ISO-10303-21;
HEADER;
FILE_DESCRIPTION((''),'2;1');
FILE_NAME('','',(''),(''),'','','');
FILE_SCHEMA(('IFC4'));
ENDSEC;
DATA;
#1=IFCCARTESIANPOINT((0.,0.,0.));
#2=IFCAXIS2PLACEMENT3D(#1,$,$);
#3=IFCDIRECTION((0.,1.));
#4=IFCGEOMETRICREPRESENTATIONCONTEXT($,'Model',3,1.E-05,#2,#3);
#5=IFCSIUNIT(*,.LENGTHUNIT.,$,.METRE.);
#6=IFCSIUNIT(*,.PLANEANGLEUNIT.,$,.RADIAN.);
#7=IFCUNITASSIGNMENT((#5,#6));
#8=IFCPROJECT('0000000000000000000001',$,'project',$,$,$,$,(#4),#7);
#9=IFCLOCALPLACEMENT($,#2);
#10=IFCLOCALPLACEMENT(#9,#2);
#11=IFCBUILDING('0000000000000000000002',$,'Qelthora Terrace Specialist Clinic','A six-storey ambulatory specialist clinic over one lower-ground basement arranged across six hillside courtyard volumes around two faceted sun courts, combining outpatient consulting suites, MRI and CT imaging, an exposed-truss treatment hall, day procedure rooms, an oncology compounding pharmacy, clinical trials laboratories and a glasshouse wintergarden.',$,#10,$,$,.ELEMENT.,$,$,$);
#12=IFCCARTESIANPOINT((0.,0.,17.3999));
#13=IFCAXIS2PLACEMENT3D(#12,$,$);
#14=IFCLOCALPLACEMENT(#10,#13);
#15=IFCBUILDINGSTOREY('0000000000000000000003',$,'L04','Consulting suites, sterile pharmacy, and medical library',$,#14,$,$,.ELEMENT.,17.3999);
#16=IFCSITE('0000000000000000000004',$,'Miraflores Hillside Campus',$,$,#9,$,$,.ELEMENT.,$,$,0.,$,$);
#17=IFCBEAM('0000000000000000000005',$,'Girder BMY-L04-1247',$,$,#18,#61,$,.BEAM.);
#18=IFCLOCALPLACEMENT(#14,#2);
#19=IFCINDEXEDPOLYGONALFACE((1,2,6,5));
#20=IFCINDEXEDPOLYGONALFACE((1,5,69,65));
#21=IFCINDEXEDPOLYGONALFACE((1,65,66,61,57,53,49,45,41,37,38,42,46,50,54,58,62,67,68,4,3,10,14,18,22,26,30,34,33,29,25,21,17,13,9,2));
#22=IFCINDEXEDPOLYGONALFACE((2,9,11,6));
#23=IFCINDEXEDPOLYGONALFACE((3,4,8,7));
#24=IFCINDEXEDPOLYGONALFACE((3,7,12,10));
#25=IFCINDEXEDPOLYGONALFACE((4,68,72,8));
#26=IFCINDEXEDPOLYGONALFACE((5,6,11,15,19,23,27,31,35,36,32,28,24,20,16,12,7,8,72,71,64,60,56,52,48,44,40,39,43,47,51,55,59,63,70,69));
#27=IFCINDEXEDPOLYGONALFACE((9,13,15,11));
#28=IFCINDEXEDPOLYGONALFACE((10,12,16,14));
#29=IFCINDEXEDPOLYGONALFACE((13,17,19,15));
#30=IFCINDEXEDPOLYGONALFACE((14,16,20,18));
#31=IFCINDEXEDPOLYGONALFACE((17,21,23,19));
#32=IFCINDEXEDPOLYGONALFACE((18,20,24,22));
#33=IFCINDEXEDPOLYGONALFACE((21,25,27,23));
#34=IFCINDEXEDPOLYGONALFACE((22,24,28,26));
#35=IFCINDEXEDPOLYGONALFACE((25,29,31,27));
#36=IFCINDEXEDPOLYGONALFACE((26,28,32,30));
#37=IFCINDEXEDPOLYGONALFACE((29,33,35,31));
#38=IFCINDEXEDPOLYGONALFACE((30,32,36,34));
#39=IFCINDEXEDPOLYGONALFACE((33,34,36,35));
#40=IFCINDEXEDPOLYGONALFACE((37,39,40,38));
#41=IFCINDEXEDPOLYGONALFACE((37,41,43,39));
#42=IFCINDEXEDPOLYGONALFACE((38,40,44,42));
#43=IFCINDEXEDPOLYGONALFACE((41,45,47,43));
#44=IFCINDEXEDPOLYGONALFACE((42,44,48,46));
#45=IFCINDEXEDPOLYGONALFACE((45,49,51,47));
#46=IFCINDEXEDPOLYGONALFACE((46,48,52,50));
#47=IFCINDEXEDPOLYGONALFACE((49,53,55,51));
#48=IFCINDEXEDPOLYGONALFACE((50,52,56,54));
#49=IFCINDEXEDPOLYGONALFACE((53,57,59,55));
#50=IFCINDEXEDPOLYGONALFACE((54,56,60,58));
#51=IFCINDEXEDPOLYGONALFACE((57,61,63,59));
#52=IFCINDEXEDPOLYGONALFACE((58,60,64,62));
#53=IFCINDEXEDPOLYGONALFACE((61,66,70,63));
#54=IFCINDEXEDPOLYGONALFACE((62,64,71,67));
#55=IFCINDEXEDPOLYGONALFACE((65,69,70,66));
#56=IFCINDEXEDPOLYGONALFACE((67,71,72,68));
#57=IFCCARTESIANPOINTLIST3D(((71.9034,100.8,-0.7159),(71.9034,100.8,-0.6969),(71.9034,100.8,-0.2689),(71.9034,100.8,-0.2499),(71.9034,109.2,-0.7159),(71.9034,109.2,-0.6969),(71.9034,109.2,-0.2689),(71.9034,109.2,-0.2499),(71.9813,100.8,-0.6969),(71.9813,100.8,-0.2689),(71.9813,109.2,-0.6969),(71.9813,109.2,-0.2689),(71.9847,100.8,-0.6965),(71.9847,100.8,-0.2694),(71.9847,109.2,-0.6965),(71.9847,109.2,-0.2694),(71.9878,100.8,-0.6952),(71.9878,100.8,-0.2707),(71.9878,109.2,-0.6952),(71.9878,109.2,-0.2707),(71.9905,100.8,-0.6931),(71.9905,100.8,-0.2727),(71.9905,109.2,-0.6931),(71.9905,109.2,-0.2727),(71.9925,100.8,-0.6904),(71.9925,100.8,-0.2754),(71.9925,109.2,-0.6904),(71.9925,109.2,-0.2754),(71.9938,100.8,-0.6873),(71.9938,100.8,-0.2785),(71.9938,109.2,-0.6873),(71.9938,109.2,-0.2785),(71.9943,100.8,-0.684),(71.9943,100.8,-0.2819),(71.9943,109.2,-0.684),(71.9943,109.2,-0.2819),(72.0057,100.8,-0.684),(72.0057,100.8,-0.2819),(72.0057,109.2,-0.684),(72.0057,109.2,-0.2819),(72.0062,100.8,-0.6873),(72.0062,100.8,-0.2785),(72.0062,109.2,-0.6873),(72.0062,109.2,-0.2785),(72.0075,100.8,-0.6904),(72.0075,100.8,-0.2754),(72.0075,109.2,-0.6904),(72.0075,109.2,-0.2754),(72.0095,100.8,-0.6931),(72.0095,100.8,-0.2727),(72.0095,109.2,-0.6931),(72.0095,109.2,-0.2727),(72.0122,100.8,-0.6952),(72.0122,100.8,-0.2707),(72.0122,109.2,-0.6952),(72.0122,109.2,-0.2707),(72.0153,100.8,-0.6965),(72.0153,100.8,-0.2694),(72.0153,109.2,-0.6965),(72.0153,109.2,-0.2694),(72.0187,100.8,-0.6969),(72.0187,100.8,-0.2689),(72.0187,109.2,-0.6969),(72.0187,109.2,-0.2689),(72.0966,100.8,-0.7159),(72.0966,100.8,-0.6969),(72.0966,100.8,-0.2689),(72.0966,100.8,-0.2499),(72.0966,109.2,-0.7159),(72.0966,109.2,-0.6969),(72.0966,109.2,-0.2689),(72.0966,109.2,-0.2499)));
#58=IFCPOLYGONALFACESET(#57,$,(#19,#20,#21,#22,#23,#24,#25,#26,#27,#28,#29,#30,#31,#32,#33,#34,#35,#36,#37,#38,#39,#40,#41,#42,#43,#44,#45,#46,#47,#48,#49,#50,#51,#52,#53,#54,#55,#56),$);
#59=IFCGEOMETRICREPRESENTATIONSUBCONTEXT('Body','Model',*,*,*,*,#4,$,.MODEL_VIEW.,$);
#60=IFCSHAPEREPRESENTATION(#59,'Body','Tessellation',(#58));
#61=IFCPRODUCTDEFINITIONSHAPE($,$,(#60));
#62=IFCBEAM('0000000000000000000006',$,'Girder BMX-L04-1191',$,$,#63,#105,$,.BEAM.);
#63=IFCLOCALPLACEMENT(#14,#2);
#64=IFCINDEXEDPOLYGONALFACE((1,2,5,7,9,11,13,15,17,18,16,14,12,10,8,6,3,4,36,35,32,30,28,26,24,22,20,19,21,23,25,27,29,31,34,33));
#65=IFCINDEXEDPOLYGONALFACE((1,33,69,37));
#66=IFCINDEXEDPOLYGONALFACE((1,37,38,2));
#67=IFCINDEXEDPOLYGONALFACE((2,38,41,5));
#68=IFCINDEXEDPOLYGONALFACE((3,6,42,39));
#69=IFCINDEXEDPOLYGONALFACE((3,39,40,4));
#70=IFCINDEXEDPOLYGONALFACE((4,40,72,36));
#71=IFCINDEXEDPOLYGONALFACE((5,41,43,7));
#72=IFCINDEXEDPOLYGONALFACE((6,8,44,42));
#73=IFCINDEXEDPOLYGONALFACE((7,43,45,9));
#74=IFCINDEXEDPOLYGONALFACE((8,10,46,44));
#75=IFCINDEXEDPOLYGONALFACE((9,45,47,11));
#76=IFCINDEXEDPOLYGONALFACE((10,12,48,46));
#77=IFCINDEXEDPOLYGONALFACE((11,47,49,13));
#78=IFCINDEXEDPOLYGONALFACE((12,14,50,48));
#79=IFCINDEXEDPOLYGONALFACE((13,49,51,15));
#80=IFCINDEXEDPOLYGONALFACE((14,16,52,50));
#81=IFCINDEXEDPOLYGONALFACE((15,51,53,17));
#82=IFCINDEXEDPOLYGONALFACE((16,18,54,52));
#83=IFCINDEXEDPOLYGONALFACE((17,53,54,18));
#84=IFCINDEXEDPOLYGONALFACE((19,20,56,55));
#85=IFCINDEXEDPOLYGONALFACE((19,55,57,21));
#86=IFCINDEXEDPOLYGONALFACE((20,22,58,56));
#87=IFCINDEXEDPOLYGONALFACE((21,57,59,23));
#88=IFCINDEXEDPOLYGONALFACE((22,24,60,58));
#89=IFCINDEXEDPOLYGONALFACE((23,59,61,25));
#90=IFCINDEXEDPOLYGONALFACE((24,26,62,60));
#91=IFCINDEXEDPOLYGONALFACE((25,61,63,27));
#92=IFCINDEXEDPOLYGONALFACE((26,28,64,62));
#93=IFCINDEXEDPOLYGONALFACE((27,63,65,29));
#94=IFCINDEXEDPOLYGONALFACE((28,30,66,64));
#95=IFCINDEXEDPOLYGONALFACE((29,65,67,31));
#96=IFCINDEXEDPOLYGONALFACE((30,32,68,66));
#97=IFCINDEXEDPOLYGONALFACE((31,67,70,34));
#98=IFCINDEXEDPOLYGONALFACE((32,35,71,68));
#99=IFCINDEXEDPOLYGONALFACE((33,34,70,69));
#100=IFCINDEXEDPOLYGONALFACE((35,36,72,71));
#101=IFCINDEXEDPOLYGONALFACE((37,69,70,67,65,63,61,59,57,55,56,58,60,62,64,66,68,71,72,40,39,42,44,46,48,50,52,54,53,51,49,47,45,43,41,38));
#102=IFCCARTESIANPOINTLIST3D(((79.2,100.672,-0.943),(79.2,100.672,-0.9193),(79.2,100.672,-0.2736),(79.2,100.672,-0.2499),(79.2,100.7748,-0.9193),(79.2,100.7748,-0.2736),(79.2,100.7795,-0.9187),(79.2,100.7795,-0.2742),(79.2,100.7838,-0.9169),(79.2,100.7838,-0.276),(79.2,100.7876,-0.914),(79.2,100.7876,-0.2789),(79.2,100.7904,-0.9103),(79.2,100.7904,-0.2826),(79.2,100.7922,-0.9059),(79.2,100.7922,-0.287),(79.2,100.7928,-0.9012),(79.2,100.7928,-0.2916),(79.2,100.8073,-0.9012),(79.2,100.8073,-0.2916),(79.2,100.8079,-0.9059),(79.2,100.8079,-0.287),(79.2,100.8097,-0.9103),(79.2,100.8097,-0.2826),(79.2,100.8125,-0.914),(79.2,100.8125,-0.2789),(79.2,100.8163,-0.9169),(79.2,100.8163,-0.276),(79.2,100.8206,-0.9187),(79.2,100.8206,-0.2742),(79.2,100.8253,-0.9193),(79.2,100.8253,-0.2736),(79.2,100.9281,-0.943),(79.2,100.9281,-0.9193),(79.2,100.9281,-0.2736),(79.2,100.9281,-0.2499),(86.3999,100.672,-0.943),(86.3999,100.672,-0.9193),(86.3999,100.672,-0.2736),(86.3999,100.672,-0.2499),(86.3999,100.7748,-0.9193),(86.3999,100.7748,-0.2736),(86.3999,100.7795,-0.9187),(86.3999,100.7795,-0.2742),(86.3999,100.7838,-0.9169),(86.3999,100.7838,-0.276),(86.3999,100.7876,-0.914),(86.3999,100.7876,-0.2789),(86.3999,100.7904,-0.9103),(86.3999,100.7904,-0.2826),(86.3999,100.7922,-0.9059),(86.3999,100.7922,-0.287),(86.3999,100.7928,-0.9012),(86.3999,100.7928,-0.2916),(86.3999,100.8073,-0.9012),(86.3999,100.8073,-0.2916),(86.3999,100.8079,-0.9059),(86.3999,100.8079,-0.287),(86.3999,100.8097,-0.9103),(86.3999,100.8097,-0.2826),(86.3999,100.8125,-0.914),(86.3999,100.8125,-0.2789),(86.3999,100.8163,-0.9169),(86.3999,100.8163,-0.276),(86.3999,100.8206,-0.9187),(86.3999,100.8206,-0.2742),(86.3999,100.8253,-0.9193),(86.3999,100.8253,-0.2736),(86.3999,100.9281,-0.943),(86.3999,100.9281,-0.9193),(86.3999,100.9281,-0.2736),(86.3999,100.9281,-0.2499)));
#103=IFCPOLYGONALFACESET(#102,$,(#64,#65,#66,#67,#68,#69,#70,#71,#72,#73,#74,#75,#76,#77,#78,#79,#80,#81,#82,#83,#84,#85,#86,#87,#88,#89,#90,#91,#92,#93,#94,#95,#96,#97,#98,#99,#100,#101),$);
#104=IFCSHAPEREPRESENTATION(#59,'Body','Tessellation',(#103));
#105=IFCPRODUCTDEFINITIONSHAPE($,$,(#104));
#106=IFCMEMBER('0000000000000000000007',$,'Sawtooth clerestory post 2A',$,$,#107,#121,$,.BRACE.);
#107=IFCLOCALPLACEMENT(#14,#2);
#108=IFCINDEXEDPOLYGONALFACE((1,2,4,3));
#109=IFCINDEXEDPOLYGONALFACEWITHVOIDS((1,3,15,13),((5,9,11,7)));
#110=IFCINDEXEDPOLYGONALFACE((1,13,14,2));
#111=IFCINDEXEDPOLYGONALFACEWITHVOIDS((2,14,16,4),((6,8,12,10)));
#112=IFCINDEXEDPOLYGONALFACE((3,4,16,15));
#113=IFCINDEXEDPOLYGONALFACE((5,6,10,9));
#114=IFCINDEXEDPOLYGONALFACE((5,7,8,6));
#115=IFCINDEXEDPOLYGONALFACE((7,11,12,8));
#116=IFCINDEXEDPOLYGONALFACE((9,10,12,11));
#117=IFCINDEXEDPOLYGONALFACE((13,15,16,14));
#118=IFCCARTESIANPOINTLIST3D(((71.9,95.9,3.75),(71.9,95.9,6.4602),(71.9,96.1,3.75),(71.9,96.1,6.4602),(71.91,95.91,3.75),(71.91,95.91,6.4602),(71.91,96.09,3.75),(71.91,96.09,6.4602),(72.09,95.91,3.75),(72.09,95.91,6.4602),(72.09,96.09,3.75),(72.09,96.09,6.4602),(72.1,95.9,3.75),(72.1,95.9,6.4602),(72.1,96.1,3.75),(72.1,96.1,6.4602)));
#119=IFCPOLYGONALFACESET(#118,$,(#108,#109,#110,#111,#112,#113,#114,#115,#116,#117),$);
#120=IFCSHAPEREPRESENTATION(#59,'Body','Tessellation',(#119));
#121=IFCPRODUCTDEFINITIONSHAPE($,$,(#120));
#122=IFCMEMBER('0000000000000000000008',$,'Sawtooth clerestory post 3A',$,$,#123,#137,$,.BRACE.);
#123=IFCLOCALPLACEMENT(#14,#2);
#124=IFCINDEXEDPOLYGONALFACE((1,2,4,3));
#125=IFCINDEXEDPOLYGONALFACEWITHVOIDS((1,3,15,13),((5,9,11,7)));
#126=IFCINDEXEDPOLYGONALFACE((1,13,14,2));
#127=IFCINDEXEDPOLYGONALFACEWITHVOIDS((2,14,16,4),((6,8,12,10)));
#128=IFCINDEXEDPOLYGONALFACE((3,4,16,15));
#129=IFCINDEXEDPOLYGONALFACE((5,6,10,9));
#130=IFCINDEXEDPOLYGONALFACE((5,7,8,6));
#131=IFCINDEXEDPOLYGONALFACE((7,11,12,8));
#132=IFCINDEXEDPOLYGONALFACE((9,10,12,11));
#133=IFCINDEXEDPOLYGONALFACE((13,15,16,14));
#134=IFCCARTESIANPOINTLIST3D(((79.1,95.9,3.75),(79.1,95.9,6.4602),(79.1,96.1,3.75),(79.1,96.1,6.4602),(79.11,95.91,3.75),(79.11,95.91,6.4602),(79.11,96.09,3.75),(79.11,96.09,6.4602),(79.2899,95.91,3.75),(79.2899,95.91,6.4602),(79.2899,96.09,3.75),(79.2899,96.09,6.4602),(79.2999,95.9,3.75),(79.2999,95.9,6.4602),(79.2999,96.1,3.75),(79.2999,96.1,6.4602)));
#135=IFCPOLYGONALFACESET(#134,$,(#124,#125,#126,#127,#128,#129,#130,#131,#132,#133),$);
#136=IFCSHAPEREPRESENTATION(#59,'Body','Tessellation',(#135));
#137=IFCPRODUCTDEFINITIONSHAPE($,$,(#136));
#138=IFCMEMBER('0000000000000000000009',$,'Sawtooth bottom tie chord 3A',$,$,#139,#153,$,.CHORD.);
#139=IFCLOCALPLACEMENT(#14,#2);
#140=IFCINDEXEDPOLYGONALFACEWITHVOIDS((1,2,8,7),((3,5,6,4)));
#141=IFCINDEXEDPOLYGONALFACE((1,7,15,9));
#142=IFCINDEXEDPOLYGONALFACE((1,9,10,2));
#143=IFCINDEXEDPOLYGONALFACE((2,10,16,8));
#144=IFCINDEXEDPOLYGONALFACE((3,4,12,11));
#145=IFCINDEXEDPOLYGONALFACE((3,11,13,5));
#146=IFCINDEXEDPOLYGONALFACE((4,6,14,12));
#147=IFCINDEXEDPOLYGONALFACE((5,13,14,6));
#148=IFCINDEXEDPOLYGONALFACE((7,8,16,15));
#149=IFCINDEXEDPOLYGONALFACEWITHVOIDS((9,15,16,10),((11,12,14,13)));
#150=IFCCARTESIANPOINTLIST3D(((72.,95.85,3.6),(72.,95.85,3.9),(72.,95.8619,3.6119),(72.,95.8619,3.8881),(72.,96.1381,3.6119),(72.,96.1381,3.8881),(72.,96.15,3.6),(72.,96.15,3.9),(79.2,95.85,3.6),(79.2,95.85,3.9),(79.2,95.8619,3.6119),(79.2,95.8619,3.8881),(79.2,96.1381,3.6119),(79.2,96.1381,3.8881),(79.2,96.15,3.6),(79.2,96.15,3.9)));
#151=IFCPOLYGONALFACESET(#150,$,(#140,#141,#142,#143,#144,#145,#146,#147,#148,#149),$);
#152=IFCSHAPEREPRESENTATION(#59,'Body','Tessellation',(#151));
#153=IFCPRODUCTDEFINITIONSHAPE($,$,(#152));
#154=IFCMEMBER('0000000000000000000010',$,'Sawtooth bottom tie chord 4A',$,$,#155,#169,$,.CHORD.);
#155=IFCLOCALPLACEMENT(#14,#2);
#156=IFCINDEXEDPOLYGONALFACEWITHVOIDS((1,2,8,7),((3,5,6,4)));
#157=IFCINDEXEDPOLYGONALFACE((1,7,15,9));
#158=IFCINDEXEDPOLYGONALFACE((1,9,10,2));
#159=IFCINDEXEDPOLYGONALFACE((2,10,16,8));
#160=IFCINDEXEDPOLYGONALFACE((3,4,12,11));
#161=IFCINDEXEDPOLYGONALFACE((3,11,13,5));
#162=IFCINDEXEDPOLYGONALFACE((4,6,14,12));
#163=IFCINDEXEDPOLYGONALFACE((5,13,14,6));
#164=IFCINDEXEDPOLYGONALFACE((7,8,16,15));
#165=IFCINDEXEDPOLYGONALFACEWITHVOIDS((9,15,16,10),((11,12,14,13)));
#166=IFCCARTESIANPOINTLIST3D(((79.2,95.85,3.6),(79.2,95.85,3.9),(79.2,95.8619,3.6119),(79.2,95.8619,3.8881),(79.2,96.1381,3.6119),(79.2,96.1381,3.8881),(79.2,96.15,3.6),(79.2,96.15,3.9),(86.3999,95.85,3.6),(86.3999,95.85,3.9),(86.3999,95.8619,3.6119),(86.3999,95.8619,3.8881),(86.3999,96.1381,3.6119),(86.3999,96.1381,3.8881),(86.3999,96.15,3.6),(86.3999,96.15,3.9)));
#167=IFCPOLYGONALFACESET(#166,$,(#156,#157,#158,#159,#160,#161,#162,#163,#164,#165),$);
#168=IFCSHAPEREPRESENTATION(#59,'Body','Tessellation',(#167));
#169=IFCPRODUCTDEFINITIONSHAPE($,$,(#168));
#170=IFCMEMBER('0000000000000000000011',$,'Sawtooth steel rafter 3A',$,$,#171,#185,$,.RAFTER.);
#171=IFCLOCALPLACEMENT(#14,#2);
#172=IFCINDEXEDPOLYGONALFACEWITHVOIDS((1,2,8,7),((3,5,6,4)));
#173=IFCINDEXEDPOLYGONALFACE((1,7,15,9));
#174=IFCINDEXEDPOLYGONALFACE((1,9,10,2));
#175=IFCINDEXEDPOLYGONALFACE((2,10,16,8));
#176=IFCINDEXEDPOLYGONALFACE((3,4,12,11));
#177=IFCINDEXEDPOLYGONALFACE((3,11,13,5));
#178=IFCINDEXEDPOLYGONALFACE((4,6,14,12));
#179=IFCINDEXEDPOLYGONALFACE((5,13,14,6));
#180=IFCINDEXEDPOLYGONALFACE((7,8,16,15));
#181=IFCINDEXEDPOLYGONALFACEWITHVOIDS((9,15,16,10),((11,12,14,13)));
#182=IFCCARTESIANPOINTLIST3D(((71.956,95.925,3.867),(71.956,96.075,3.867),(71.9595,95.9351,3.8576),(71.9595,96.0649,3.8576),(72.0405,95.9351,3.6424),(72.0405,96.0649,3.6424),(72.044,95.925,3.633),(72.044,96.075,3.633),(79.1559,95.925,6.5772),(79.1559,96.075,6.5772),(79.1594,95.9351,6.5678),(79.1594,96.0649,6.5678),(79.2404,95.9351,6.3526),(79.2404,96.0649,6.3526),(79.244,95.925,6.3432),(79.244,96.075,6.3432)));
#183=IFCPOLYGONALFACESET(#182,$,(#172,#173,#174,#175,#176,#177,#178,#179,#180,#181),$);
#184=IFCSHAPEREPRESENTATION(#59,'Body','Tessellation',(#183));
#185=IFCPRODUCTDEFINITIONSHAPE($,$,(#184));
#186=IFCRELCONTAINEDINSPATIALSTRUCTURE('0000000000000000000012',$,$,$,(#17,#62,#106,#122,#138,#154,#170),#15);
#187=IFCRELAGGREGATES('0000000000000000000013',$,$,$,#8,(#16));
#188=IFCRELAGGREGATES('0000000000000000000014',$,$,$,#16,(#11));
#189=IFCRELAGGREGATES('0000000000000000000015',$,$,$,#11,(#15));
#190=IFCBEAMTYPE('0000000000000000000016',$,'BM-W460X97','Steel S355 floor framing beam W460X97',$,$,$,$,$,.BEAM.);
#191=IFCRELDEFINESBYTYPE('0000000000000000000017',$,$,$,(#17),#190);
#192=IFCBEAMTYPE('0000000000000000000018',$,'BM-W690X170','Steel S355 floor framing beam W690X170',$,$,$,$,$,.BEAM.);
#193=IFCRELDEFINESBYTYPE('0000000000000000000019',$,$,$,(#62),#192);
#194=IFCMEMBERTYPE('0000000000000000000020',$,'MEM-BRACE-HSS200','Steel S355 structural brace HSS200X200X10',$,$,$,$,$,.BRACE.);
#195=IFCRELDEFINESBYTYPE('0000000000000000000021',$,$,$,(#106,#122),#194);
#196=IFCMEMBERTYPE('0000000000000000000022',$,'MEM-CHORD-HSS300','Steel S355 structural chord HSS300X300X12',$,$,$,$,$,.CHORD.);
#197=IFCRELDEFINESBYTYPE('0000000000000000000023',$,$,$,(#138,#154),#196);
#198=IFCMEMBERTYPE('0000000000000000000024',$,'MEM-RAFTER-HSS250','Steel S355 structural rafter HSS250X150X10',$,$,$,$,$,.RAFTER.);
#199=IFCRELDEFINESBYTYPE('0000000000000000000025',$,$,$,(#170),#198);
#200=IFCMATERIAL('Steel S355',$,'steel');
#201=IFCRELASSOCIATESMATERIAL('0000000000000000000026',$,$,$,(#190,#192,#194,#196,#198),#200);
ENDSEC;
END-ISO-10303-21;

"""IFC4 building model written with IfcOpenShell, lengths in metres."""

from ifc_helpers import new_model, si_unit, direction, frame, origin, origin_2d, place, context, subcontext, project, spatial, hollow_rectangle, i_section, extrude, material, material_profile, profile_set, type_object, element, save


model = new_model("IFC4")

# Units and contexts
model_context = context("Model", 3, precision=1e-05, world=origin(), true_north=direction((0.0, 1.0)))
body_context = subcontext(model_context, "Body", "Model", "MODEL_VIEW")
ifc_project = project(units=[si_unit("LENGTHUNIT", "METRE"), si_unit("PLANEANGLEUNIT", "RADIAN")], contexts=[model_context])

# Site, building, storey
site_placement = place(None, origin())
site = spatial("IfcSite", under=ifc_project, at=site_placement, Name="Miraflores Hillside Campus", CompositionType="ELEMENT", RefElevation=0.0)
building_placement = place(site_placement, origin())
building = spatial("IfcBuilding", under=site, at=building_placement, Name="Qelthora Terrace Specialist Clinic", Description="A six-storey ambulatory specialist clinic over one lower-ground basement arranged across six hillside courtyard volumes around two faceted sun courts, combining outpatient consulting suites, MRI and CT imaging, an exposed-truss treatment hall, day procedure rooms, an oncology compounding pharmacy, clinical trials laboratories and a glasshouse wintergarden.", CompositionType="ELEMENT")
storey_placement = place(building_placement, frame((0.0, 0.0, 17.3999)))
storey = spatial("IfcBuildingStorey", under=building, at=storey_placement, Name="L04", Description="Consulting suites, sterile pharmacy, and medical library", CompositionType="ELEMENT", Elevation=17.3999)

# Shared definitions
ifc_material_1 = material(Name="Steel S355", Category="steel")

# Beams
ifc_material_profile_1 = material_profile(ifc_material_1, i_section(OverallWidth=0.1931, OverallDepth=0.4661, WebThickness=0.0115, FlangeThickness=0.019, FilletRadius=0.0129, at=origin_2d()), Name="W460X97")
ifc_profile_set_1 = profile_set([ifc_material_profile_1], Name="Steel S355")
beam_type_1 = type_object("IfcBeamType", Name="BM-W460X97", Description="Steel S355 floor framing beam W460X97", PredefinedType="BEAM", material=ifc_profile_set_1)
beam_1_placement = place(storey_placement, frame((72.0, 100.8, -0.4829), z_axis=(0.0, 1.0, 0.0), x_axis=(-1.0, 0.0, 0.0)))
element("IfcBeam", 1, at=beam_1_placement, inside=storey, type_object=beam_type_1, Name="Girder BMY-L04-1247", PredefinedType="BEAM", context=body_context, shape_type="SweptSolid", body=[
    extrude(i_section(OverallWidth=0.1931, OverallDepth=0.4661, WebThickness=0.0115, FlangeThickness=0.019, FilletRadius=0.0129, at=origin_2d()), origin(), (0.0, 0.0, 1.0), 8.3999),
])
ifc_material_profile_2 = material_profile(ifc_material_1, i_section(OverallWidth=0.2561, OverallDepth=0.6931, WebThickness=0.0144, FlangeThickness=0.0237, FilletRadius=0.0181, at=origin_2d()), Name="W690X170")
ifc_profile_set_2 = profile_set([ifc_material_profile_2], Name="Steel S355")
beam_type_2 = type_object("IfcBeamType", Name="BM-W690X170", Description="Steel S355 floor framing beam W690X170", PredefinedType="BEAM", material=ifc_profile_set_2)
beam_2_placement = place(storey_placement, frame((79.2, 100.8, -0.5964), z_axis=(1.0, 0.0, 0.0), x_axis=(0.0, 1.0, 0.0)))
element("IfcBeam", 2, at=beam_2_placement, inside=storey, type_object=beam_type_2, Name="Girder BMX-L04-1191", PredefinedType="BEAM", context=body_context, shape_type="SweptSolid", body=[
    extrude(i_section(OverallWidth=0.2561, OverallDepth=0.6931, WebThickness=0.0144, FlangeThickness=0.0237, FilletRadius=0.0181, at=origin_2d()), origin(), (0.0, 0.0, 1.0), 7.2),
])

# Members
ifc_material_profile_3 = material_profile(ifc_material_1, hollow_rectangle(XDim=0.2, YDim=0.2, WallThickness=0.01, at=origin_2d()), Name="HSS200X200X10")
ifc_profile_set_3 = profile_set([ifc_material_profile_3], Name="Steel S355")
member_type_1 = type_object("IfcMemberType", Name="MEM-BRACE-HSS200", Description="Steel S355 structural brace HSS200X200X10", PredefinedType="BRACE", material=ifc_profile_set_3)
for number, where, z_axis, x_axis, name in (
    (3, (72.0, 96.0, 3.75), (0.0, 0.0, 1.0), (1.0, 0.0, 0.0), "Sawtooth clerestory post 2A"),
    (4, (79.2, 96.0, 3.75), (0.0, 0.0, 1.0), (1.0, 0.0, 0.0), "Sawtooth clerestory post 3A"),
):
    element("IfcMember", number, at=place(storey_placement, frame(where, z_axis=z_axis, x_axis=x_axis)), inside=storey, type_object=member_type_1, Name=name, PredefinedType="BRACE", context=body_context, shape_type="SweptSolid", body=[
        extrude(hollow_rectangle(XDim=0.2, YDim=0.2, WallThickness=0.01, at=origin_2d()), origin(), (0.0, 0.0, 1.0), 2.7102),
    ])
ifc_material_profile_4 = material_profile(ifc_material_1, hollow_rectangle(XDim=0.3, YDim=0.3, WallThickness=0.012, at=origin_2d()), Name="HSS300X300X12")
ifc_profile_set_4 = profile_set([ifc_material_profile_4], Name="Steel S355")
member_type_2 = type_object("IfcMemberType", Name="MEM-CHORD-HSS300", Description="Steel S355 structural chord HSS300X300X12", PredefinedType="CHORD", material=ifc_profile_set_4)
for number, where, z_axis, x_axis, name in (
    (5, (72.0, 96.0, 3.75), (1.0, 0.0, 0.0), (0.0, 1.0, 0.0), "Sawtooth bottom tie chord 3A"),
    (6, (79.2, 96.0, 3.75), (1.0, 0.0, 0.0), (0.0, 1.0, 0.0), "Sawtooth bottom tie chord 4A"),
):
    element("IfcMember", number, at=place(storey_placement, frame(where, z_axis=z_axis, x_axis=x_axis)), inside=storey, type_object=member_type_2, Name=name, PredefinedType="CHORD", context=body_context, shape_type="SweptSolid", body=[
        extrude(hollow_rectangle(XDim=0.3, YDim=0.3, WallThickness=0.012, at=origin_2d()), origin(), (0.0, 0.0, 1.0), 7.2),
    ])
ifc_material_profile_5 = material_profile(ifc_material_1, hollow_rectangle(XDim=0.1499, YDim=0.25, WallThickness=0.01, at=origin_2d()), Name="HSS250X150X10")
ifc_profile_set_5 = profile_set([ifc_material_profile_5], Name="Steel S355")
member_type_3 = type_object("IfcMemberType", Name="MEM-RAFTER-HSS250", Description="Steel S355 structural rafter HSS250X150X10", PredefinedType="RAFTER", material=ifc_profile_set_5)
for number, where, z_axis, x_axis, name in (
    (7, (72.0, 96.0, 3.75), (0.935892, 0.0, 0.352288), (0.0, 1.0, 0.0), "Sawtooth steel rafter 3A"),
):
    element("IfcMember", number, at=place(storey_placement, frame(where, z_axis=z_axis, x_axis=x_axis)), inside=storey, type_object=member_type_3, Name=name, PredefinedType="RAFTER", context=body_context, shape_type="SweptSolid", body=[
        extrude(hollow_rectangle(XDim=0.1499, YDim=0.25, WallThickness=0.01, at=origin_2d()), origin(), (0.0, 0.0, 1.0), 7.6931),
    ])

save(model, "model.ifc")
